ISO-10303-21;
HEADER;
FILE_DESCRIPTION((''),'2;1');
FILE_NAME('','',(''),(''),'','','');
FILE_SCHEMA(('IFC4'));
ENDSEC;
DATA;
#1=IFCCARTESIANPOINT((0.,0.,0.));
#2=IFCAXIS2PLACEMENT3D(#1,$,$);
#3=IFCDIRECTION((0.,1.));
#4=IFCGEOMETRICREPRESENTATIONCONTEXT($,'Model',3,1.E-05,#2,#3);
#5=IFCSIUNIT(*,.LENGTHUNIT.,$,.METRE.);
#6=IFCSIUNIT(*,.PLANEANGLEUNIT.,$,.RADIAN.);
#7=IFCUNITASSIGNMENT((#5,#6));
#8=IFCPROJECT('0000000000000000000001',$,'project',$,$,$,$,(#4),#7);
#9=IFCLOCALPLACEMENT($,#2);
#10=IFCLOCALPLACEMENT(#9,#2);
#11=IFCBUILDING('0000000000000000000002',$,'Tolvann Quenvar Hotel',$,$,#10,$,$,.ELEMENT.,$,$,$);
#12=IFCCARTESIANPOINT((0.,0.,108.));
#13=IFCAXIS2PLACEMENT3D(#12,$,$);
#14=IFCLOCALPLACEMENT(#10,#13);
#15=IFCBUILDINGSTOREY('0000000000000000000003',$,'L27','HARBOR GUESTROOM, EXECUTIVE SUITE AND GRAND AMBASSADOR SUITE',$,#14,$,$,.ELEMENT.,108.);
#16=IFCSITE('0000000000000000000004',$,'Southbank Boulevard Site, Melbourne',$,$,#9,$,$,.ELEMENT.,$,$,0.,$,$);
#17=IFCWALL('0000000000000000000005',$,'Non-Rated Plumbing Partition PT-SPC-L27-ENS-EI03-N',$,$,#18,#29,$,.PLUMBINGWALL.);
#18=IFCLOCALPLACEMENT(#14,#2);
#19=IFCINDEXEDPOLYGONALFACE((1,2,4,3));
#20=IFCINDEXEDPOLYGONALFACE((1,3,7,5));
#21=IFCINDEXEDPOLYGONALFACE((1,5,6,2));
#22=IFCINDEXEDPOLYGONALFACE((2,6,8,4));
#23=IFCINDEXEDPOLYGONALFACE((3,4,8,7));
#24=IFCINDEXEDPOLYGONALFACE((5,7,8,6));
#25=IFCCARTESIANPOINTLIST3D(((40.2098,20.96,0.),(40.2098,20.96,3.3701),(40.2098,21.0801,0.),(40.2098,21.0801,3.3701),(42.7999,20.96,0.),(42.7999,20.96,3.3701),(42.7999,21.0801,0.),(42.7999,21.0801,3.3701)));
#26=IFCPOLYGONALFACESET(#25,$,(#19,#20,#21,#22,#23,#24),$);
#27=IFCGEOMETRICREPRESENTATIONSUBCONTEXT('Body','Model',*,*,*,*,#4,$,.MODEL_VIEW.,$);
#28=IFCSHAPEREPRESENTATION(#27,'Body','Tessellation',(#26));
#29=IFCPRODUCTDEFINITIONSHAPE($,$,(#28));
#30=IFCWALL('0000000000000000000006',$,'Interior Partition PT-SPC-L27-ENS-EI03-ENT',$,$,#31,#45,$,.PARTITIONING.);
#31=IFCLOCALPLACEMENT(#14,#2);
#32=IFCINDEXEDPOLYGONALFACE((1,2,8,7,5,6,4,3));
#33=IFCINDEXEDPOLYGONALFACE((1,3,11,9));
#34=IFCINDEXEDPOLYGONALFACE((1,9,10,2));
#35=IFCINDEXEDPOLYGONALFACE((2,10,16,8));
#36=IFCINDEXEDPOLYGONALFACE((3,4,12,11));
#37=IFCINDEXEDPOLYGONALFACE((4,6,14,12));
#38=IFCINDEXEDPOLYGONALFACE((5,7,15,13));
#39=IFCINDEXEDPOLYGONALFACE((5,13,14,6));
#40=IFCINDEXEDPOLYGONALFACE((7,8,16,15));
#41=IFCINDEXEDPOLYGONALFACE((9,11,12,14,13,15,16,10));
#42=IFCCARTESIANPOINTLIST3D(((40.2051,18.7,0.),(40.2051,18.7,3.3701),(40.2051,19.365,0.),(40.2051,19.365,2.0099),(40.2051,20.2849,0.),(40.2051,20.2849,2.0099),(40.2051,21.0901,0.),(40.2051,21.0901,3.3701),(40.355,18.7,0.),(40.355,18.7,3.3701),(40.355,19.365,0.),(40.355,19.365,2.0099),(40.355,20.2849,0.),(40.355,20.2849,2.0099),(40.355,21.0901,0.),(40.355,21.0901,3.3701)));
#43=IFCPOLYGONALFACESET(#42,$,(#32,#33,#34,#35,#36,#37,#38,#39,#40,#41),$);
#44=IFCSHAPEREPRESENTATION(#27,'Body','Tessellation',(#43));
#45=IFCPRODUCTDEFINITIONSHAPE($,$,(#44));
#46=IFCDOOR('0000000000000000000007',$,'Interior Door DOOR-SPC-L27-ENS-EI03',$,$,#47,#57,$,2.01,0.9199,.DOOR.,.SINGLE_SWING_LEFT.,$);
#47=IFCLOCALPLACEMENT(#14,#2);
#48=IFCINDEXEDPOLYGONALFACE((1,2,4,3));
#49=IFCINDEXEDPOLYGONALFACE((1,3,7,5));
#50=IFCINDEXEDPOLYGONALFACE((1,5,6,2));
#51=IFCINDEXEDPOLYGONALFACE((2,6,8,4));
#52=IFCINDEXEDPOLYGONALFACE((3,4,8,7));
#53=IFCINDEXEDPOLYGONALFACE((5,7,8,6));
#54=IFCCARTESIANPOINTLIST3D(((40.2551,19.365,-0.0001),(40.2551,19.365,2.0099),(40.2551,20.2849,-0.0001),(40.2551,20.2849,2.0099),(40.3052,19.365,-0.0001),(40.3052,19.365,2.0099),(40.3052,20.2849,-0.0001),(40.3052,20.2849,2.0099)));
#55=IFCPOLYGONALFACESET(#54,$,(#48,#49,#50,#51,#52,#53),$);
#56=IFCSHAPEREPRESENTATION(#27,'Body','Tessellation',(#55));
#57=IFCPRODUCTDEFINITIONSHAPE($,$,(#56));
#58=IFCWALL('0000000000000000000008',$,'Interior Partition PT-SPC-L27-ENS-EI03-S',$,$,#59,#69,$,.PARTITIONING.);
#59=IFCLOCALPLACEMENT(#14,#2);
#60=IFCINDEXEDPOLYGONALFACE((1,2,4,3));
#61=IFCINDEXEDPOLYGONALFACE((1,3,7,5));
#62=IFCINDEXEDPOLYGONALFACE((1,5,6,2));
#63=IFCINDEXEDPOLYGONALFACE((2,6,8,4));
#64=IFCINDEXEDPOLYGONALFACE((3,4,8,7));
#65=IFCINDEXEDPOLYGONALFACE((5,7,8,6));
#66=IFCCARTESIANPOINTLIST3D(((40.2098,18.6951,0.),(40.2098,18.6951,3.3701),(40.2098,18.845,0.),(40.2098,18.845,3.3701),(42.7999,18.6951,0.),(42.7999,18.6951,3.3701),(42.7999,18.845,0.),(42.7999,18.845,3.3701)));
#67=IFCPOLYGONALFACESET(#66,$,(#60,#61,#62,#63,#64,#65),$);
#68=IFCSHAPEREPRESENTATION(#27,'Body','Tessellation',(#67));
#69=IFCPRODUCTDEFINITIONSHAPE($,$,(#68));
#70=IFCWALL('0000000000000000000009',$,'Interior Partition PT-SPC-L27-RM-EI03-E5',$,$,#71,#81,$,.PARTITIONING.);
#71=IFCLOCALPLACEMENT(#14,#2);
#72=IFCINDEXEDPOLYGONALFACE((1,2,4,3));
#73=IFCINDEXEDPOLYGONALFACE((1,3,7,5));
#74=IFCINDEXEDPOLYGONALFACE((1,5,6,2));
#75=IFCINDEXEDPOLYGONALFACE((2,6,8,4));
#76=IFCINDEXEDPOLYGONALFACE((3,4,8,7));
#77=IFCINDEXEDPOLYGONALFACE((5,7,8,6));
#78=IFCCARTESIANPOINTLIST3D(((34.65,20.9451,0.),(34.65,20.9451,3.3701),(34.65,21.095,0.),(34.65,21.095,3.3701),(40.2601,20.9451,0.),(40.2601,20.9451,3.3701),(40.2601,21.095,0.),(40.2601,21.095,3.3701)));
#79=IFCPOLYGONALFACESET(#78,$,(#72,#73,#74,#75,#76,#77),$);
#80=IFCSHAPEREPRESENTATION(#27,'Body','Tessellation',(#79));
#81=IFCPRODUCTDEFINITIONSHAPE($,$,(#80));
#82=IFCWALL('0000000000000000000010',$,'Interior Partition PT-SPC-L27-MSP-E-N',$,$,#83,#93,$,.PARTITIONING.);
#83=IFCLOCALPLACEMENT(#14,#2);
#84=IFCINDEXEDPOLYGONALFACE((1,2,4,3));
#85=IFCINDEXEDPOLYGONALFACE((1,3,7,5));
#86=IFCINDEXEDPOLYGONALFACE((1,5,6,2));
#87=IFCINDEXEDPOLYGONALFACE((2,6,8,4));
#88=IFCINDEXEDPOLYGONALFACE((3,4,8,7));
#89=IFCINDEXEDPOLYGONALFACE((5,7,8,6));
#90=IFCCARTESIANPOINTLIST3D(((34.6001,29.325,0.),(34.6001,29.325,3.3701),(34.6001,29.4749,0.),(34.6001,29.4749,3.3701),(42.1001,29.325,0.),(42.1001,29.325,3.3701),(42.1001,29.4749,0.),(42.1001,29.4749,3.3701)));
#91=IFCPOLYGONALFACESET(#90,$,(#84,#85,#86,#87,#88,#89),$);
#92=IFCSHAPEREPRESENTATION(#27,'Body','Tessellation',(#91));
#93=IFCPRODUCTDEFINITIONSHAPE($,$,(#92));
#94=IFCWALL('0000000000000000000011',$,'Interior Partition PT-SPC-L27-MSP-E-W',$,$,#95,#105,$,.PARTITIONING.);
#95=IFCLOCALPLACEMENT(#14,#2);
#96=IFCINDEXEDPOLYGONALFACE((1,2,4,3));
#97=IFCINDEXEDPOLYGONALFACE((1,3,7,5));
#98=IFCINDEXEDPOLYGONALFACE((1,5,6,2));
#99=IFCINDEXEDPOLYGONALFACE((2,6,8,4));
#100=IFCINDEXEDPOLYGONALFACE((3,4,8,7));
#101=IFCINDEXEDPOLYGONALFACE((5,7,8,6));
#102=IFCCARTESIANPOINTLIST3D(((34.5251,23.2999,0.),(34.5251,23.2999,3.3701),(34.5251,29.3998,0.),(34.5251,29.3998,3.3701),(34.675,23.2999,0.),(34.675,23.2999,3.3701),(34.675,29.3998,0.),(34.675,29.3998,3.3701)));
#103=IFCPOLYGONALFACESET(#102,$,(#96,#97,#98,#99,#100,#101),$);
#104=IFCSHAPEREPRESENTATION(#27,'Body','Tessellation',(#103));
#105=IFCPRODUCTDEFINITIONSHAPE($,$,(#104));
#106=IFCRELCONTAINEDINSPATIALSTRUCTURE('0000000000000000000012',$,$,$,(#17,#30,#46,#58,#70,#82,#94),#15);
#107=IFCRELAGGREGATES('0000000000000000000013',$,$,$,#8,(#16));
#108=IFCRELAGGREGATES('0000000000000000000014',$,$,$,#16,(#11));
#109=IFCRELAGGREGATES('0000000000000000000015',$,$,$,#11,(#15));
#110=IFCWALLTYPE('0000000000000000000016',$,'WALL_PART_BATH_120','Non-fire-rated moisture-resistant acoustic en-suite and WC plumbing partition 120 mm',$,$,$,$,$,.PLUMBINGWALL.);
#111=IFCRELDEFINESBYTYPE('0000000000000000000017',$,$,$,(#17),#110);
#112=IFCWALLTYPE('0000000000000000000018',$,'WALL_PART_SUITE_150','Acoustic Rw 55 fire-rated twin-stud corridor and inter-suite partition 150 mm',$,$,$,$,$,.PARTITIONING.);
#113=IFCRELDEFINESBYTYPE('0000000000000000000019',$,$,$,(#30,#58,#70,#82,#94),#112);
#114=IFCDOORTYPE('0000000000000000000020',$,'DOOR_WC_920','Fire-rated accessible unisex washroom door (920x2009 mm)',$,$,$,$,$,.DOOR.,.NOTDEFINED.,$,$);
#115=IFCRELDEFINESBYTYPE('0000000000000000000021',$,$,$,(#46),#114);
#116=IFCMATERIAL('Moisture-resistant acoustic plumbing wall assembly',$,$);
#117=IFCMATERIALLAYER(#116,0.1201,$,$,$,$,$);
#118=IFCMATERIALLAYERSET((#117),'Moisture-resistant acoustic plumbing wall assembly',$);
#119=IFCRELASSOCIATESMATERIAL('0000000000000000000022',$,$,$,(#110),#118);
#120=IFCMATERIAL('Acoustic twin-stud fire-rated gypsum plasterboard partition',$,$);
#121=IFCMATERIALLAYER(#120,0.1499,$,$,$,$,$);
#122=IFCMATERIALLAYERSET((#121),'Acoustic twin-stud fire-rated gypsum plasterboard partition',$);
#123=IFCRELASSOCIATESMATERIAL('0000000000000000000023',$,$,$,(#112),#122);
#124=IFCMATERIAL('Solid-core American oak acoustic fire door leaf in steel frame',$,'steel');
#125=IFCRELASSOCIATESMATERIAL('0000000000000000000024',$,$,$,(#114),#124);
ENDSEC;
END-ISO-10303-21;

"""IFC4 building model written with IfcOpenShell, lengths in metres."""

from ifc_helpers import new_model, si_unit, direction, frame, frame_2d, origin, place, context, subcontext, project, spatial, rectangle, extrude, source, transform, mapped, material, layer, layer_set, type_object, type_shapes, element, fill, save


model = new_model("IFC4")

# Units and contexts
model_context = context("Model", 3, precision=1e-05, world=origin(), true_north=direction((0.0, 1.0)))
body_context = subcontext(model_context, "Body", "Model", "MODEL_VIEW")
ifc_project = project(units=[si_unit("LENGTHUNIT", "METRE"), si_unit("PLANEANGLEUNIT", "RADIAN")], contexts=[model_context])

# Site, building, storey
site_placement = place(None, origin())
site = spatial("IfcSite", under=ifc_project, at=site_placement, Name="Southbank Boulevard Site, Melbourne", CompositionType="ELEMENT", RefElevation=0.0)
building_placement = place(site_placement, origin())
building = spatial("IfcBuilding", under=site, at=building_placement, Name="Tolvann Quenvar Hotel", CompositionType="ELEMENT")
storey_placement = place(building_placement, frame((0.0, 0.0, 108.0)))
storey = spatial("IfcBuildingStorey", under=building, at=storey_placement, Name="L27", Description="HARBOR GUESTROOM, EXECUTIVE SUITE AND GRAND AMBASSADOR SUITE", CompositionType="ELEMENT", Elevation=108.0)

# Shared definitions
ifc_material_1 = material(Name="Acoustic twin-stud fire-rated gypsum plasterboard partition")
ifc_material_2 = material(Name="Solid-core American oak acoustic fire door leaf in steel frame", Category="steel")

# Wall
ifc_material_3 = material(Name="Moisture-resistant acoustic plumbing wall assembly")
ifc_layer_1 = layer(ifc_material_3, 0.1201)
ifc_layer_set_1 = layer_set([ifc_layer_1], Name="Moisture-resistant acoustic plumbing wall assembly")
wall_type_1 = type_object("IfcWallType", Name="WALL_PART_BATH_120", Description="Non-fire-rated moisture-resistant acoustic en-suite and WC plumbing partition 120 mm", PredefinedType="PLUMBINGWALL", material=ifc_layer_set_1)
wall_1_placement = place(storey_placement, frame((40.21, 21.02, 0.0), z_axis=(0.0, 0.0, 1.0), x_axis=(1.0, 0.0, 0.0)))
element("IfcWall", 1, at=wall_1_placement, inside=storey, type_object=wall_type_1, Name="Non-Rated Plumbing Partition PT-SPC-L27-ENS-EI03-N", PredefinedType="PLUMBINGWALL", context=body_context, shape_type="SweptSolid", body=[
    extrude(rectangle(XDim=2.5901, YDim=0.1201, at=frame_2d((1.2949, 0.0))), origin(), (0.0, 0.0, 1.0), 3.3701),
])

# Wall, opening, door
ifc_layer_2 = layer(ifc_material_1, 0.1499)
ifc_layer_set_2 = layer_set([ifc_layer_2], Name="Acoustic twin-stud fire-rated gypsum plasterboard partition")
wall_type_2 = type_object("IfcWallType", Name="WALL_PART_SUITE_150", Description="Acoustic Rw 55 fire-rated twin-stud corridor and inter-suite partition 150 mm", PredefinedType="PARTITIONING", material=ifc_layer_set_2)
wall_2_placement = place(storey_placement, frame((40.28, 18.7, 0.0), z_axis=(0.0, 0.0, 1.0), x_axis=(0.0, 1.0, 0.0)))
wall_2 = element("IfcWall", 2, at=wall_2_placement, inside=storey, type_object=wall_type_2, Name="Interior Partition PT-SPC-L27-ENS-EI03-ENT", PredefinedType="PARTITIONING", context=body_context, shape_type="SweptSolid", body=[
    extrude(rectangle(XDim=2.3901, YDim=0.1499, at=frame_2d((1.1951, 0.0))), origin(), (0.0, 0.0, 1.0), 3.3701),
])
opening_1_placement = place(wall_2_placement, frame((0.665, 0.0, 0.0)))
opening_1 = element("IfcOpeningElement", 3, at=opening_1_placement, cuts=wall_2, PredefinedType="OPENING", context=body_context, shape_type="SweptSolid", body=[
    extrude(rectangle(XDim=0.9199, YDim=2.01, at=frame_2d((0.46, 1.0049))), frame((0.0, 0.085, 0.0), z_axis=(0.0, -1.0, 0.0), x_axis=(1.0, 0.0, 0.0)), (0.0, 0.0, 1.0), 0.1699),
])
door_type_1 = type_object("IfcDoorType", Name="DOOR_WC_920", Description="Fire-rated accessible unisex washroom door (920x2009 mm)", OperationType="NOTDEFINED", PredefinedType="DOOR", material=ifc_material_2)
shared_shape_1 = source(origin(), body_context, "Body", "SweptSolid", [
    extrude(rectangle(XDim=0.9199, YDim=2.01, at=frame_2d((0.46, 1.0049))), frame((0.0, 0.0249, 0.0), z_axis=(0.0, -1.0, 0.0), x_axis=(1.0, 0.0, 0.0)), (0.0, 0.0, 1.0), 0.05),
])
type_shapes(door_type_1, [shared_shape_1])
door_1_placement = place(opening_1_placement, origin())
door_1 = element("IfcDoor", 4, at=door_1_placement, inside=storey, type_object=door_type_1, Name="Interior Door DOOR-SPC-L27-ENS-EI03", OperationType="SINGLE_SWING_LEFT", OverallHeight=2.01, OverallWidth=0.9199, PredefinedType="DOOR", context=body_context, shape_type="MappedRepresentation", body=[
    mapped(shared_shape_1, transform((0.0, 0.0, 0.0), x_axis=(1.0, 0.0, 0.0), y_axis=(0.0, 1.0, 0.0), z_axis=(0.0, 0.0, 1.0), scale=1.0)),
])
fill(opening_1, door_1)

# Walls
wall_3_placement = place(storey_placement, frame((40.21, 18.77, 0.0), z_axis=(0.0, 0.0, 1.0), x_axis=(1.0, 0.0, 0.0)))
element("IfcWall", 5, at=wall_3_placement, inside=storey, type_object=wall_type_2, Name="Interior Partition PT-SPC-L27-ENS-EI03-S", PredefinedType="PARTITIONING", context=body_context, shape_type="SweptSolid", body=[
    extrude(rectangle(XDim=2.5901, YDim=0.1499, at=frame_2d((1.2949, 0.0))), origin(), (0.0, 0.0, 1.0), 3.3701),
])
wall_4_placement = place(storey_placement, frame((34.6499, 21.02, 0.0), z_axis=(0.0, 0.0, 1.0), x_axis=(1.0, 0.0, 0.0)))
element("IfcWall", 6, at=wall_4_placement, inside=storey, type_object=wall_type_2, Name="Interior Partition PT-SPC-L27-RM-EI03-E5", PredefinedType="PARTITIONING", context=body_context, shape_type="SweptSolid", body=[
    extrude(rectangle(XDim=5.6101, YDim=0.1499, at=frame_2d((2.8052, 0.0))), origin(), (0.0, 0.0, 1.0), 3.3701),
])

# Walls
wall_5_placement = place(storey_placement, frame((34.6001, 29.3999, 0.0), z_axis=(0.0, 0.0, 1.0), x_axis=(1.0, 0.0, 0.0)))
element("IfcWall", 7, at=wall_5_placement, inside=storey, type_object=wall_type_2, Name="Interior Partition PT-SPC-L27-MSP-E-N", PredefinedType="PARTITIONING", context=body_context, shape_type="SweptSolid", body=[
    extrude(rectangle(XDim=7.5, YDim=0.1499, at=frame_2d((3.75, 0.0))), origin(), (0.0, 0.0, 1.0), 3.3701),
])
wall_6_placement = place(storey_placement, frame((34.6001, 23.3, 0.0), z_axis=(0.0, 0.0, 1.0), x_axis=(0.0, 1.0, 0.0)))
element("IfcWall", 8, at=wall_6_placement, inside=storey, type_object=wall_type_2, Name="Interior Partition PT-SPC-L27-MSP-E-W", PredefinedType="PARTITIONING", context=body_context, shape_type="SweptSolid", body=[
    extrude(rectangle(XDim=6.0999, YDim=0.1499, at=frame_2d((3.0498, 0.0))), origin(), (0.0, 0.0, 1.0), 3.3701),
])

save(model, "model.ifc")
